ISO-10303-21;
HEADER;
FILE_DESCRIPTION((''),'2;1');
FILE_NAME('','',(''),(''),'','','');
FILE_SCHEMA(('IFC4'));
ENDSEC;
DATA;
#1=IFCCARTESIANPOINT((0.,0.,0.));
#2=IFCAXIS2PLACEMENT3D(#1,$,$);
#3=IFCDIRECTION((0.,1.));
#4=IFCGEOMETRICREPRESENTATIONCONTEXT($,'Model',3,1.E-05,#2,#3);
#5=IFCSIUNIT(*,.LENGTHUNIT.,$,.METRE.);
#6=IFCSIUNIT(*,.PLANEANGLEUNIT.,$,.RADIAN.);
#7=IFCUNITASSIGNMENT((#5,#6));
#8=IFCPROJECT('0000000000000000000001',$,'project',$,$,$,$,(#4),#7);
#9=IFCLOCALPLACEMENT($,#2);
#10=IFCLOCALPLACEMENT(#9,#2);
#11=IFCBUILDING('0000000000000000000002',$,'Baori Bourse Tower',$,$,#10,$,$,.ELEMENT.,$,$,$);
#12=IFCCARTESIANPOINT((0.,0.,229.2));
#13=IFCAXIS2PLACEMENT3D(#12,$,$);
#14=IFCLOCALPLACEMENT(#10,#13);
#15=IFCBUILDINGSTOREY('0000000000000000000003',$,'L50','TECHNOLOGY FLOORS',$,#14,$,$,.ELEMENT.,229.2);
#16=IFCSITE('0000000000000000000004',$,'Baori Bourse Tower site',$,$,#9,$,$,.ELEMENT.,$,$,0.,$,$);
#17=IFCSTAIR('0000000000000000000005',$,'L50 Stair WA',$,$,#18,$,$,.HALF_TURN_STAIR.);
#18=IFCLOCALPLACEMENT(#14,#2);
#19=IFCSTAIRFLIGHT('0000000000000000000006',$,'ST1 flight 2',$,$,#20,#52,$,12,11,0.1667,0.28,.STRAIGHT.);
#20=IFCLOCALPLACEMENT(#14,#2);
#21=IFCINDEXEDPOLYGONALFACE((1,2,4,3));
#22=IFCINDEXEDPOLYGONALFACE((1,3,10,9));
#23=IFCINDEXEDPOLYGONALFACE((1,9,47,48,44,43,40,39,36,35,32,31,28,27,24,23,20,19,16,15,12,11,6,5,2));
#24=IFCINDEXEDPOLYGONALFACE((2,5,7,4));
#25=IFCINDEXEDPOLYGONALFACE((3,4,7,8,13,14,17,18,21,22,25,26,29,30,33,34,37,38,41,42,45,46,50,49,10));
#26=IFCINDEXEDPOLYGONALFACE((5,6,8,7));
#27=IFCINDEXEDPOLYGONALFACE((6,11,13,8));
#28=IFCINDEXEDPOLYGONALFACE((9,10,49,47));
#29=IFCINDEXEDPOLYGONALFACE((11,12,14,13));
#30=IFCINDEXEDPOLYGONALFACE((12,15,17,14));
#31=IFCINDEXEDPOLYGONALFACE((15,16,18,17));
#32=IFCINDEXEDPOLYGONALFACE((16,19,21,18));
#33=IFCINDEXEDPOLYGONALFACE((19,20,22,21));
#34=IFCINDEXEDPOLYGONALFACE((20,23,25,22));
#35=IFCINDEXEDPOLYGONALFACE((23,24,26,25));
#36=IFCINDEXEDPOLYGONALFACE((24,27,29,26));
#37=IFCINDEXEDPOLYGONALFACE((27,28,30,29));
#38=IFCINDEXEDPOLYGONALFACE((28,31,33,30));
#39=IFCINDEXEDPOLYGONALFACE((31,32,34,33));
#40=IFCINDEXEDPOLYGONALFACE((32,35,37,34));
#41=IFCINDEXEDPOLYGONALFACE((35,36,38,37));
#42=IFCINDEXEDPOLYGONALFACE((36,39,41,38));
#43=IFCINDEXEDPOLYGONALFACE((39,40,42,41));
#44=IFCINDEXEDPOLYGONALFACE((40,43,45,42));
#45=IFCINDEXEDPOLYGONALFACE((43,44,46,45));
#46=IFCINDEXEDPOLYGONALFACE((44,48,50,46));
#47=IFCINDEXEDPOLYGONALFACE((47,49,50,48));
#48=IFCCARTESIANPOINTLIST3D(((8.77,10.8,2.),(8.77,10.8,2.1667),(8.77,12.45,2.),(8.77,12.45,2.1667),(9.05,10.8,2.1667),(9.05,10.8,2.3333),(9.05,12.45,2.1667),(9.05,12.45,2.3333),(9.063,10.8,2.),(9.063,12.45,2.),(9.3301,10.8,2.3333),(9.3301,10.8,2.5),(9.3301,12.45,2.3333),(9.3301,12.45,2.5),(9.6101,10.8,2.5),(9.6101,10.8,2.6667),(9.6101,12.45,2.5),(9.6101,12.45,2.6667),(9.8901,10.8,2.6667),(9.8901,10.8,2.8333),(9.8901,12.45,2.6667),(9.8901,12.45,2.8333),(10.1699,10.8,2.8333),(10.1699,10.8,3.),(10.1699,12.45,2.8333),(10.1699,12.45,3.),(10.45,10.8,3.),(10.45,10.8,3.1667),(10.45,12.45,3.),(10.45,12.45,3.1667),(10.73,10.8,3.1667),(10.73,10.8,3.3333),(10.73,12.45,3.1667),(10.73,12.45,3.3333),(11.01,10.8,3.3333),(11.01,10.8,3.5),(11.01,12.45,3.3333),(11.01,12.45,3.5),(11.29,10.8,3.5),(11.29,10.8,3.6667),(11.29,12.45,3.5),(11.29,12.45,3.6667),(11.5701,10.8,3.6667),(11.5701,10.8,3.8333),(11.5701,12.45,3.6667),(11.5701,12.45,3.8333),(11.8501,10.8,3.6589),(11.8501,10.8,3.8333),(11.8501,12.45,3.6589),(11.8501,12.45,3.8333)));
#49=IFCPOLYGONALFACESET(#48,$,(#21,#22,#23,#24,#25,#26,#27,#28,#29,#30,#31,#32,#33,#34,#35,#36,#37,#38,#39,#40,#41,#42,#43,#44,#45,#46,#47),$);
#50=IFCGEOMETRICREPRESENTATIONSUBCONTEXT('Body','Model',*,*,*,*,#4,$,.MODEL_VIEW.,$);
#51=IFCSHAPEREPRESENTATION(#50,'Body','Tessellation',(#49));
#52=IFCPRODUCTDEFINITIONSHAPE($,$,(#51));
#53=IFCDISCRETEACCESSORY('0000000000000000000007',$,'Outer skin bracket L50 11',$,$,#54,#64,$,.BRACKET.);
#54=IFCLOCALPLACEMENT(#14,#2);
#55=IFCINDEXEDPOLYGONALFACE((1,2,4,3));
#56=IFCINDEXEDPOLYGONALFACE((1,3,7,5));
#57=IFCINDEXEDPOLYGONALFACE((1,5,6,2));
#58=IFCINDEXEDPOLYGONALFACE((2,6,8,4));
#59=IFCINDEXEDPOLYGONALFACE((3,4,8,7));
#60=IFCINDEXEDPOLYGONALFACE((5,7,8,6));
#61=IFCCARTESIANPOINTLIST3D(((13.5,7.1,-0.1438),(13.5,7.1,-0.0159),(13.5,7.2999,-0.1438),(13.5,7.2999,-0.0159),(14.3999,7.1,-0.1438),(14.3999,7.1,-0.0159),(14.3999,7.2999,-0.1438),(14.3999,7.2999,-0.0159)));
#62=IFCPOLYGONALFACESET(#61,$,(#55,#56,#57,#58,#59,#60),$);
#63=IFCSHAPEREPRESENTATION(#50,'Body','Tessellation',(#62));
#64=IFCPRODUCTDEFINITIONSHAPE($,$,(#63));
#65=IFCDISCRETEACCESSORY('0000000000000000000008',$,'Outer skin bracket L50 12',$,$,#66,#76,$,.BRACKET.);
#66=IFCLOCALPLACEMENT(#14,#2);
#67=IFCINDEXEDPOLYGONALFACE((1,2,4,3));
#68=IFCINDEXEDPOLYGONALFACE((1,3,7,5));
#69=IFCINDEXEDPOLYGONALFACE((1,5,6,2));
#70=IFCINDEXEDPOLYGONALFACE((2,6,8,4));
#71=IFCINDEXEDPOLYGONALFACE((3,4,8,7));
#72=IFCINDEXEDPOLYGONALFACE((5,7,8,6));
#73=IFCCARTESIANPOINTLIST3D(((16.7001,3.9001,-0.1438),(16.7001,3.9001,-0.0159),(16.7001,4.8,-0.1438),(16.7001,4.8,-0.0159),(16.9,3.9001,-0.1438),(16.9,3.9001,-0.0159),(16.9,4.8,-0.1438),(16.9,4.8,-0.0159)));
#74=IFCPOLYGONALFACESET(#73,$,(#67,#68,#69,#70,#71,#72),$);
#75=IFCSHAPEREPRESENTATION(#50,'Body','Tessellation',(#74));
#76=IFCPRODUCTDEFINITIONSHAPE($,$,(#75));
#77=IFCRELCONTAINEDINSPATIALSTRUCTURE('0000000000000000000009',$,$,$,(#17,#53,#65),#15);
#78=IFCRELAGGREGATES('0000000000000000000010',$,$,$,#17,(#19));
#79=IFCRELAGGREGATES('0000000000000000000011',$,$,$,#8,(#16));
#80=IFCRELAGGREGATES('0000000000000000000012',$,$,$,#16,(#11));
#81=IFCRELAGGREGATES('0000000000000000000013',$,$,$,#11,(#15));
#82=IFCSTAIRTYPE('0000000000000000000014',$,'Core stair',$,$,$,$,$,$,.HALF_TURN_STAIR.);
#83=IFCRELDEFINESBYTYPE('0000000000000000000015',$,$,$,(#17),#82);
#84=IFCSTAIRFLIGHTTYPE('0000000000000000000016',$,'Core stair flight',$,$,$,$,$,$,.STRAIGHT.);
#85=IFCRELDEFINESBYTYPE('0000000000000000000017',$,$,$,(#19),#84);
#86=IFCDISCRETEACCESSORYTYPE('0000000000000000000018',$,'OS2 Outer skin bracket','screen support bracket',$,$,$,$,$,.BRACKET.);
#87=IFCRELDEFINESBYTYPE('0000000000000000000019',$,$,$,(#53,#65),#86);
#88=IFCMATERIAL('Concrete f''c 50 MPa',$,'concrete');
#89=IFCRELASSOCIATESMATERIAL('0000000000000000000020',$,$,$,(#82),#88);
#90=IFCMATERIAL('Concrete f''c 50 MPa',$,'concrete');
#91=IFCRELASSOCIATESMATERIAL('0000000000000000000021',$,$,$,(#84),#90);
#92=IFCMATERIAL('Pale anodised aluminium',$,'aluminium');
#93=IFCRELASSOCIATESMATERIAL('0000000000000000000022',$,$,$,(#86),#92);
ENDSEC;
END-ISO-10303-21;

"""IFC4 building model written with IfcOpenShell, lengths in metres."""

from ifc_helpers import new_model, si_unit, direction, frame, origin, origin_2d, place, context, subcontext, project, spatial, polyline, rectangle, outline, extrude, material, type_object, element, aggregate, save


model = new_model("IFC4")

# Units and contexts
model_context = context("Model", 3, precision=1e-05, world=origin(), true_north=direction((0.0, 1.0)))
body_context = subcontext(model_context, "Body", "Model", "MODEL_VIEW")
ifc_project = project(units=[si_unit("LENGTHUNIT", "METRE"), si_unit("PLANEANGLEUNIT", "RADIAN")], contexts=[model_context])

# Site, building, storey
site_placement = place(None, origin())
site = spatial("IfcSite", under=ifc_project, at=site_placement, Name="Baori Bourse Tower site", CompositionType="ELEMENT", RefElevation=0.0)
building_placement = place(site_placement, origin())
building = spatial("IfcBuilding", under=site, at=building_placement, Name="Baori Bourse Tower", CompositionType="ELEMENT")
storey_placement = place(building_placement, frame((0.0, 0.0, 229.2)))
storey = spatial("IfcBuildingStorey", under=building, at=storey_placement, Name="L50", Description="TECHNOLOGY FLOORS", CompositionType="ELEMENT", Elevation=229.2)

# Stair, stair flight
ifc_material_1 = material(Name="Concrete f'c 50 MPa", Category="concrete")
stair_type = type_object("IfcStairType", Name="Core stair", PredefinedType="HALF_TURN_STAIR", material=ifc_material_1)
stair_placement = place(storey_placement, origin())
stair = element("IfcStair", 1, at=stair_placement, inside=storey, type_object=stair_type, Name="L50 Stair WA", PredefinedType="HALF_TURN_STAIR")
ifc_material_2 = material(Name="Concrete f'c 50 MPa", Category="concrete")
stair_flight_type = type_object("IfcStairFlightType", Name="Core stair flight", PredefinedType="STRAIGHT", material=ifc_material_2)
stair_flight_1_placement = place(storey_placement, frame((8.77, 11.625, 2.0), z_axis=(0.0, 0.0, 1.0), x_axis=(1.0, 0.0, 0.0)))
stair_flight_1 = element("IfcStairFlight", 2, at=stair_flight_1_placement, type_object=stair_flight_type, Name="ST1 flight 2", NumberOfRisers=12, NumberOfTreads=11, PredefinedType="STRAIGHT", RiserHeight=0.1667, TreadLength=0.28, context=body_context, shape_type="SweptSolid", body=[
    extrude(outline(polyline([(0.0, 0.0), (0.0, 0.1667), (0.28, 0.1667), (0.28, 0.3333), (0.5601, 0.3333), (0.5601, 0.5), (0.8401, 0.5), (0.8401, 0.6667), (1.1201, 0.6667), (1.1201, 0.8333), (1.3999, 0.8333), (1.3999, 1.0), (1.6799, 1.0), (1.6799, 1.1667), (1.96, 1.1667), (1.96, 1.3333), (2.24, 1.3333), (2.24, 1.5), (2.52, 1.5), (2.52, 1.6667), (2.8, 1.6667), (2.8, 1.8333), (3.0801, 1.8333), (3.0801, 2.0), (3.0801, 1.6589), (0.293, 0.0), (0.0, 0.0)])), frame((0.0, 0.825, 0.0), z_axis=(0.0, -1.0, 0.0), x_axis=(1.0, 0.0, 0.0)), (0.0, 0.0, 1.0), 1.6499),
])
aggregate(stair, [stair_flight_1])

# Discrete accessories
ifc_material_3 = material(Name="Pale anodised aluminium", Category="aluminium")
discrete_accessory_type = type_object("IfcDiscreteAccessoryType", Name="OS2 Outer skin bracket", Description="screen support bracket", PredefinedType="BRACKET", material=ifc_material_3)
for number, where, z_axis, x_axis, name in (
    (3, (13.95, 7.2, -0.1438), (0.0, 0.0, 1.0), (0.0, -1.0, 0.0), "Outer skin bracket L50 11"),
    (4, (16.8, 4.3501, -0.1438), (0.0, 0.0, 1.0), (1.0, 0.0, 0.0), "Outer skin bracket L50 12"),
):
    element("IfcDiscreteAccessory", number, at=place(storey_placement, frame(where, z_axis=z_axis, x_axis=x_axis)), inside=storey, type_object=discrete_accessory_type, Name=name, PredefinedType="BRACKET", context=body_context, shape_type="SweptSolid", body=[
        extrude(rectangle(XDim=0.2, YDim=0.8999, at=origin_2d()), origin(), (0.0, 0.0, 1.0), 0.1279),
    ])

save(model, "model.ifc")
